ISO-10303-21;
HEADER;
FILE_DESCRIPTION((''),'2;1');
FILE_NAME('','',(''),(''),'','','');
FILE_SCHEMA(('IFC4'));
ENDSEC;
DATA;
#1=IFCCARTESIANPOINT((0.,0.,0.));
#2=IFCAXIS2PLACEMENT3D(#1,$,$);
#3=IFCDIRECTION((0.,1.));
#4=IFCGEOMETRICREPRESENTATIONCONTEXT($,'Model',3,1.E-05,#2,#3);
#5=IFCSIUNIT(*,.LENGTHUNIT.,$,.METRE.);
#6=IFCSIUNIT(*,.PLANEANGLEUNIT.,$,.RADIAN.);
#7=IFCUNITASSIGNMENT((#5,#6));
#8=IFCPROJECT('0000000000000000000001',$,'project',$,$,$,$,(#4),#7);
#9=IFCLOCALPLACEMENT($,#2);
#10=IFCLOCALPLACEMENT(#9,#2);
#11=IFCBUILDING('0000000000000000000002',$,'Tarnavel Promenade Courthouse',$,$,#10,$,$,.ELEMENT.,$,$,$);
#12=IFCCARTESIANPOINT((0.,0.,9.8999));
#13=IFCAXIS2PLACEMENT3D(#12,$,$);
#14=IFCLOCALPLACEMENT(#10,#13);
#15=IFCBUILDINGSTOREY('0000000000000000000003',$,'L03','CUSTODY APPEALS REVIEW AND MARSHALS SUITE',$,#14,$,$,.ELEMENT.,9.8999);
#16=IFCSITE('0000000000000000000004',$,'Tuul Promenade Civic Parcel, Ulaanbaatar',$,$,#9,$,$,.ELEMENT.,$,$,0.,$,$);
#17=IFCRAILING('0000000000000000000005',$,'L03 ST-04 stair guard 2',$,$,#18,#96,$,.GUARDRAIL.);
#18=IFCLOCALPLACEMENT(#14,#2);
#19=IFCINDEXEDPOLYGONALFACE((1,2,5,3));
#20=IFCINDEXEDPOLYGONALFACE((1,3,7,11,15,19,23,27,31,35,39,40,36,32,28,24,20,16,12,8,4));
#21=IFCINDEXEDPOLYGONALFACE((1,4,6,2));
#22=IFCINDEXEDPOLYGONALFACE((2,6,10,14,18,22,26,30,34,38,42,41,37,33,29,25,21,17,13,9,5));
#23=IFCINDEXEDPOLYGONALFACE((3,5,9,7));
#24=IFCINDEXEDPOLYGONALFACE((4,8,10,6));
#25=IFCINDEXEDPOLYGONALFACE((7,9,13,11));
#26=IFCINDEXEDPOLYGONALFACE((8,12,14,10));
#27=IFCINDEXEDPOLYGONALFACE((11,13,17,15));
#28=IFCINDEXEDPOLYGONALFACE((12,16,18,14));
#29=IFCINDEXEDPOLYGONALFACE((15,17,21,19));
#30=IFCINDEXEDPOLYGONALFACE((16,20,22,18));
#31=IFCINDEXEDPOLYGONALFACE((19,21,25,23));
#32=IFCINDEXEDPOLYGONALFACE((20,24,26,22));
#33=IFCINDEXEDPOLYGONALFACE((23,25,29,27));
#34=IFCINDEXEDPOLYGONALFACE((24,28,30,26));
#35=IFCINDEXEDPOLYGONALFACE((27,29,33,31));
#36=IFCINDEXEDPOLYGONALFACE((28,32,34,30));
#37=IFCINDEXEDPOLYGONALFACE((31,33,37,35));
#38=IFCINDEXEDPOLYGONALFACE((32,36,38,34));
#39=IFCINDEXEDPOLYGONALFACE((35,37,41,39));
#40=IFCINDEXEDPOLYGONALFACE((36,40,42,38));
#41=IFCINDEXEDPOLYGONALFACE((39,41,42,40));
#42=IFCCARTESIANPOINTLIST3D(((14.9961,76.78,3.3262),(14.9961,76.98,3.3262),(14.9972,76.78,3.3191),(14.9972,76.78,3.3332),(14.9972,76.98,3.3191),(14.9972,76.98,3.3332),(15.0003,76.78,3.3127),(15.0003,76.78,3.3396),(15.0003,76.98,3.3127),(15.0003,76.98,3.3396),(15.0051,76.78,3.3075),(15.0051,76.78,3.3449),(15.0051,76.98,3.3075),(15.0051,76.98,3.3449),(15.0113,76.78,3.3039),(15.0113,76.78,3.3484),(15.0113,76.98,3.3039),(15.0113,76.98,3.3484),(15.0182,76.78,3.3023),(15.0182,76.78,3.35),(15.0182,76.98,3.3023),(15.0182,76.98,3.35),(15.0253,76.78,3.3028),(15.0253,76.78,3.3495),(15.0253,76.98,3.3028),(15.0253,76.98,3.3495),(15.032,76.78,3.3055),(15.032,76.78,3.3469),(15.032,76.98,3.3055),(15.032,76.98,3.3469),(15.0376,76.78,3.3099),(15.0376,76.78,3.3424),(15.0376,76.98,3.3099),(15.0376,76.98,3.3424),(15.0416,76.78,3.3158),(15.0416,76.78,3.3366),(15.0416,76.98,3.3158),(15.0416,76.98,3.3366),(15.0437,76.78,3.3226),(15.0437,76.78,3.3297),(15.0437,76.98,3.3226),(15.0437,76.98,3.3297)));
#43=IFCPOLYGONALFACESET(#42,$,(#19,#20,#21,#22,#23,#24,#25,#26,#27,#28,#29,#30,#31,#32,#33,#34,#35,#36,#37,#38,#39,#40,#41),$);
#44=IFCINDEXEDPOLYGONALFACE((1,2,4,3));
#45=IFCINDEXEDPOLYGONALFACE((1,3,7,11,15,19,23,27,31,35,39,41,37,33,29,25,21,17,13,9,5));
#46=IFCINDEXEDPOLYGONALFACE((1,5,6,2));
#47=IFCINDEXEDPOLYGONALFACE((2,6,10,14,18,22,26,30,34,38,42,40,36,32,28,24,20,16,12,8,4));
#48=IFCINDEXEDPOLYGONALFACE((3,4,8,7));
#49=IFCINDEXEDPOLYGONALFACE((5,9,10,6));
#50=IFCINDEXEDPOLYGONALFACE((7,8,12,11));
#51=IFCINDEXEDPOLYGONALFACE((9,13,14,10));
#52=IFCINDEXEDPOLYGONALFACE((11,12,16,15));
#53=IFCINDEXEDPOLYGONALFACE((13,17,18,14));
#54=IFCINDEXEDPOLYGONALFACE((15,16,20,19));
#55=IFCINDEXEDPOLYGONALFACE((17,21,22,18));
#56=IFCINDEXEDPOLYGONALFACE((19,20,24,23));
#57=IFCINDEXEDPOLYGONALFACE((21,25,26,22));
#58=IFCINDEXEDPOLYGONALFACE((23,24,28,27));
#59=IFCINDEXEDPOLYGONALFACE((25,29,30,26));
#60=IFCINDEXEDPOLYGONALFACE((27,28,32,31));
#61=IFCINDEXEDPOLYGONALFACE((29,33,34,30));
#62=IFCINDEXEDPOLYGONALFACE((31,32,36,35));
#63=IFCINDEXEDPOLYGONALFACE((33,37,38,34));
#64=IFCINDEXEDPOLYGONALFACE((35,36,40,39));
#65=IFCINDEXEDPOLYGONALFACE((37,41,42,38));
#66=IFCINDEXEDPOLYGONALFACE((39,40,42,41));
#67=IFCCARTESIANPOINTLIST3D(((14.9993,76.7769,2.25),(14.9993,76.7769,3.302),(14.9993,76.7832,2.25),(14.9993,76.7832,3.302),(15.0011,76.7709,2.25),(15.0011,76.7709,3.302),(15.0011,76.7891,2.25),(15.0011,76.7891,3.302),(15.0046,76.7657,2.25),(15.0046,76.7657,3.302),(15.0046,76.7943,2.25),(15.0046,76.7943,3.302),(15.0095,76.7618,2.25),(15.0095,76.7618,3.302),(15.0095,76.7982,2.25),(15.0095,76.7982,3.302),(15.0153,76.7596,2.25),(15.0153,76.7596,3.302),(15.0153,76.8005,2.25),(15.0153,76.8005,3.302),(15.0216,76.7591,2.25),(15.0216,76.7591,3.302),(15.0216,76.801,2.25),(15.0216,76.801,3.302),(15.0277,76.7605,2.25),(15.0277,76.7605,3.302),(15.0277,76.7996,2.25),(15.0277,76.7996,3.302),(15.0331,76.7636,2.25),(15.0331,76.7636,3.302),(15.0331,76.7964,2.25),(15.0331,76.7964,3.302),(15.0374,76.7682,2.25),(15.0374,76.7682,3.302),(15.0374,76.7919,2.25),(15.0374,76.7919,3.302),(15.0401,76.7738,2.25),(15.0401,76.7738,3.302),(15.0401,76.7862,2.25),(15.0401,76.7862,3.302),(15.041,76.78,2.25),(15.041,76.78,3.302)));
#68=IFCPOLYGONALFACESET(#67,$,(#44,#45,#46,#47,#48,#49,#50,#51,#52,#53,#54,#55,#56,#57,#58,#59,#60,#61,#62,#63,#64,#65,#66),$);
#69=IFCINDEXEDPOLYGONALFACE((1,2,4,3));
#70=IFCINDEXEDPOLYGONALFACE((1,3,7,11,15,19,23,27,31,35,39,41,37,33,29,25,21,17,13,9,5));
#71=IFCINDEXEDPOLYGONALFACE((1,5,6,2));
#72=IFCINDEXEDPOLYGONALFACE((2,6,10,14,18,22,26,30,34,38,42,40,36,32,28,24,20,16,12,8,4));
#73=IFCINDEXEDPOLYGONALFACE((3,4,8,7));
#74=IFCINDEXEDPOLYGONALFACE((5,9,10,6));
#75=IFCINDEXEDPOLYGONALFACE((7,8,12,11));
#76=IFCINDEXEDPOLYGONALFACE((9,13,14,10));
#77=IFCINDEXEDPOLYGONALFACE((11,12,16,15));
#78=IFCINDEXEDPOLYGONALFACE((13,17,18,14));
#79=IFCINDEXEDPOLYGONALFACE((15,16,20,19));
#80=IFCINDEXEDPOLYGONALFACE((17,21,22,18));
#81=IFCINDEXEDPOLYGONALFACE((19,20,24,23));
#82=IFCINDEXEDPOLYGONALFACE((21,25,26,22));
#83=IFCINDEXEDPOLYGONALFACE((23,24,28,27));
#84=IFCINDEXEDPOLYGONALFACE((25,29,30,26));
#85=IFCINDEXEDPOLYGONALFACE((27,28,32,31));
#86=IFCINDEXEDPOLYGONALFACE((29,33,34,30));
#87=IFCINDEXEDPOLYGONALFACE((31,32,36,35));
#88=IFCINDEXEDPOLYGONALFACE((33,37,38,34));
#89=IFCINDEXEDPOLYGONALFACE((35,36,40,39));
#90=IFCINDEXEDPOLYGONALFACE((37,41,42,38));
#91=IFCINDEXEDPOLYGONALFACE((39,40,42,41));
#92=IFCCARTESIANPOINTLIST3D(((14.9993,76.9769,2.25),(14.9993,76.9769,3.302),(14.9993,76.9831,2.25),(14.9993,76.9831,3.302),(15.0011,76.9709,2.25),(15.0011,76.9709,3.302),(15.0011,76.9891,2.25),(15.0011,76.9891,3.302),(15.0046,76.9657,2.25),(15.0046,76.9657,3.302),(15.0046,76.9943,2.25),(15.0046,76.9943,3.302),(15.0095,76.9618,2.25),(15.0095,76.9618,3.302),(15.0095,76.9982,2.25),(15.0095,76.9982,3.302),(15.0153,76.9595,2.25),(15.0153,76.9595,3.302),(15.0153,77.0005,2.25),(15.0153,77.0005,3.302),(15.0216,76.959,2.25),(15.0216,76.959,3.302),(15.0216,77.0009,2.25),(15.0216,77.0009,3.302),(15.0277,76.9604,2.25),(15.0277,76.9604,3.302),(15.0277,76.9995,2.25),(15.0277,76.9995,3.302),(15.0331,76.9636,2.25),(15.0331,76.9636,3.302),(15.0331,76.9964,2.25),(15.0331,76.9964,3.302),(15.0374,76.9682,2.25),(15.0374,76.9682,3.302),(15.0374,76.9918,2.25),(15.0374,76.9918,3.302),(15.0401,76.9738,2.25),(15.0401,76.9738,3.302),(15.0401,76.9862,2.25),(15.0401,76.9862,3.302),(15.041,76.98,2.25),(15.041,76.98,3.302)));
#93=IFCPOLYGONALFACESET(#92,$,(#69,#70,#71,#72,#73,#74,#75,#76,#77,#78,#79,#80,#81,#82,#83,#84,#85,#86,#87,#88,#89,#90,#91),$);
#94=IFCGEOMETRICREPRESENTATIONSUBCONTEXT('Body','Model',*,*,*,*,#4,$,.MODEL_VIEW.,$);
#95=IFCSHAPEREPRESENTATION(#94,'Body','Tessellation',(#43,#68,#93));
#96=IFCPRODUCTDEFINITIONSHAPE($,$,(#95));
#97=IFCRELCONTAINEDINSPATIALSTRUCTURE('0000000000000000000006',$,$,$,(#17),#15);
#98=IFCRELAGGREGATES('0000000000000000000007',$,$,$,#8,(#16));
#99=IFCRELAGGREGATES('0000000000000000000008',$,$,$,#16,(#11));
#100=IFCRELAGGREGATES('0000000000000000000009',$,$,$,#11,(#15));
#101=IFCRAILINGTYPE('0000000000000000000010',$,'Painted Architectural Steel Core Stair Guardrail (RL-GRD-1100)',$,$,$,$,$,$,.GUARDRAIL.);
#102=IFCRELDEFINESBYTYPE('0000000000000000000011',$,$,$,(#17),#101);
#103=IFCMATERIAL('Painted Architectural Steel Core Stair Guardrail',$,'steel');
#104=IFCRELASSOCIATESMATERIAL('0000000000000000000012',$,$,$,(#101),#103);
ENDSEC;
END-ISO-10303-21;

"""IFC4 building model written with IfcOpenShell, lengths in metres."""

from ifc_helpers import new_model, si_unit, direction, frame, origin, origin_2d, place, context, subcontext, project, spatial, circle, extrude, material, type_object, element, save


model = new_model("IFC4")

# Units and contexts
model_context = context("Model", 3, precision=1e-05, world=origin(), true_north=direction((0.0, 1.0)))
body_context = subcontext(model_context, "Body", "Model", "MODEL_VIEW")
ifc_project = project(units=[si_unit("LENGTHUNIT", "METRE"), si_unit("PLANEANGLEUNIT", "RADIAN")], contexts=[model_context])

# Site, building, storey
site_placement = place(None, origin())
site = spatial("IfcSite", under=ifc_project, at=site_placement, Name="Tuul Promenade Civic Parcel, Ulaanbaatar", CompositionType="ELEMENT", RefElevation=0.0)
building_placement = place(site_placement, origin())
building = spatial("IfcBuilding", under=site, at=building_placement, Name="Tarnavel Promenade Courthouse", CompositionType="ELEMENT")
storey_placement = place(building_placement, frame((0.0, 0.0, 9.8999)))
storey = spatial("IfcBuildingStorey", under=building, at=storey_placement, Name="L03", Description="CUSTODY APPEALS REVIEW AND MARSHALS SUITE", CompositionType="ELEMENT", Elevation=9.8999)

# Railing
ifc_material_1 = material(Name="Painted Architectural Steel Core Stair Guardrail", Category="steel")
railing_type_1 = type_object("IfcRailingType", Name="Painted Architectural Steel Core Stair Guardrail (RL-GRD-1100)", PredefinedType="GUARDRAIL", material=ifc_material_1)
railing_1_placement = place(storey_placement, frame((15.02, 76.78, 2.25)))
element("IfcRailing", 1, at=railing_1_placement, inside=storey, type_object=railing_type_1, Name="L03 ST-04 stair guard 2", PredefinedType="GUARDRAIL", context=body_context, shape_type="SweptSolid", body=[
    extrude(circle(Radius=0.0239, at=origin_2d()), frame((0.0, 0.0, 1.0762), z_axis=(0.0, 1.0, 0.0), x_axis=(-1.0, 0.0, 0.0)), (0.0, 0.0, 1.0), 0.2),
    extrude(circle(Radius=0.021, at=origin_2d()), origin(), (0.0, 0.0, 1.0), 1.052),
    extrude(circle(Radius=0.021, at=origin_2d()), frame((0.0, 0.2, 0.0)), (0.0, 0.0, 1.0), 1.052),
])

save(model, "model.ifc")
